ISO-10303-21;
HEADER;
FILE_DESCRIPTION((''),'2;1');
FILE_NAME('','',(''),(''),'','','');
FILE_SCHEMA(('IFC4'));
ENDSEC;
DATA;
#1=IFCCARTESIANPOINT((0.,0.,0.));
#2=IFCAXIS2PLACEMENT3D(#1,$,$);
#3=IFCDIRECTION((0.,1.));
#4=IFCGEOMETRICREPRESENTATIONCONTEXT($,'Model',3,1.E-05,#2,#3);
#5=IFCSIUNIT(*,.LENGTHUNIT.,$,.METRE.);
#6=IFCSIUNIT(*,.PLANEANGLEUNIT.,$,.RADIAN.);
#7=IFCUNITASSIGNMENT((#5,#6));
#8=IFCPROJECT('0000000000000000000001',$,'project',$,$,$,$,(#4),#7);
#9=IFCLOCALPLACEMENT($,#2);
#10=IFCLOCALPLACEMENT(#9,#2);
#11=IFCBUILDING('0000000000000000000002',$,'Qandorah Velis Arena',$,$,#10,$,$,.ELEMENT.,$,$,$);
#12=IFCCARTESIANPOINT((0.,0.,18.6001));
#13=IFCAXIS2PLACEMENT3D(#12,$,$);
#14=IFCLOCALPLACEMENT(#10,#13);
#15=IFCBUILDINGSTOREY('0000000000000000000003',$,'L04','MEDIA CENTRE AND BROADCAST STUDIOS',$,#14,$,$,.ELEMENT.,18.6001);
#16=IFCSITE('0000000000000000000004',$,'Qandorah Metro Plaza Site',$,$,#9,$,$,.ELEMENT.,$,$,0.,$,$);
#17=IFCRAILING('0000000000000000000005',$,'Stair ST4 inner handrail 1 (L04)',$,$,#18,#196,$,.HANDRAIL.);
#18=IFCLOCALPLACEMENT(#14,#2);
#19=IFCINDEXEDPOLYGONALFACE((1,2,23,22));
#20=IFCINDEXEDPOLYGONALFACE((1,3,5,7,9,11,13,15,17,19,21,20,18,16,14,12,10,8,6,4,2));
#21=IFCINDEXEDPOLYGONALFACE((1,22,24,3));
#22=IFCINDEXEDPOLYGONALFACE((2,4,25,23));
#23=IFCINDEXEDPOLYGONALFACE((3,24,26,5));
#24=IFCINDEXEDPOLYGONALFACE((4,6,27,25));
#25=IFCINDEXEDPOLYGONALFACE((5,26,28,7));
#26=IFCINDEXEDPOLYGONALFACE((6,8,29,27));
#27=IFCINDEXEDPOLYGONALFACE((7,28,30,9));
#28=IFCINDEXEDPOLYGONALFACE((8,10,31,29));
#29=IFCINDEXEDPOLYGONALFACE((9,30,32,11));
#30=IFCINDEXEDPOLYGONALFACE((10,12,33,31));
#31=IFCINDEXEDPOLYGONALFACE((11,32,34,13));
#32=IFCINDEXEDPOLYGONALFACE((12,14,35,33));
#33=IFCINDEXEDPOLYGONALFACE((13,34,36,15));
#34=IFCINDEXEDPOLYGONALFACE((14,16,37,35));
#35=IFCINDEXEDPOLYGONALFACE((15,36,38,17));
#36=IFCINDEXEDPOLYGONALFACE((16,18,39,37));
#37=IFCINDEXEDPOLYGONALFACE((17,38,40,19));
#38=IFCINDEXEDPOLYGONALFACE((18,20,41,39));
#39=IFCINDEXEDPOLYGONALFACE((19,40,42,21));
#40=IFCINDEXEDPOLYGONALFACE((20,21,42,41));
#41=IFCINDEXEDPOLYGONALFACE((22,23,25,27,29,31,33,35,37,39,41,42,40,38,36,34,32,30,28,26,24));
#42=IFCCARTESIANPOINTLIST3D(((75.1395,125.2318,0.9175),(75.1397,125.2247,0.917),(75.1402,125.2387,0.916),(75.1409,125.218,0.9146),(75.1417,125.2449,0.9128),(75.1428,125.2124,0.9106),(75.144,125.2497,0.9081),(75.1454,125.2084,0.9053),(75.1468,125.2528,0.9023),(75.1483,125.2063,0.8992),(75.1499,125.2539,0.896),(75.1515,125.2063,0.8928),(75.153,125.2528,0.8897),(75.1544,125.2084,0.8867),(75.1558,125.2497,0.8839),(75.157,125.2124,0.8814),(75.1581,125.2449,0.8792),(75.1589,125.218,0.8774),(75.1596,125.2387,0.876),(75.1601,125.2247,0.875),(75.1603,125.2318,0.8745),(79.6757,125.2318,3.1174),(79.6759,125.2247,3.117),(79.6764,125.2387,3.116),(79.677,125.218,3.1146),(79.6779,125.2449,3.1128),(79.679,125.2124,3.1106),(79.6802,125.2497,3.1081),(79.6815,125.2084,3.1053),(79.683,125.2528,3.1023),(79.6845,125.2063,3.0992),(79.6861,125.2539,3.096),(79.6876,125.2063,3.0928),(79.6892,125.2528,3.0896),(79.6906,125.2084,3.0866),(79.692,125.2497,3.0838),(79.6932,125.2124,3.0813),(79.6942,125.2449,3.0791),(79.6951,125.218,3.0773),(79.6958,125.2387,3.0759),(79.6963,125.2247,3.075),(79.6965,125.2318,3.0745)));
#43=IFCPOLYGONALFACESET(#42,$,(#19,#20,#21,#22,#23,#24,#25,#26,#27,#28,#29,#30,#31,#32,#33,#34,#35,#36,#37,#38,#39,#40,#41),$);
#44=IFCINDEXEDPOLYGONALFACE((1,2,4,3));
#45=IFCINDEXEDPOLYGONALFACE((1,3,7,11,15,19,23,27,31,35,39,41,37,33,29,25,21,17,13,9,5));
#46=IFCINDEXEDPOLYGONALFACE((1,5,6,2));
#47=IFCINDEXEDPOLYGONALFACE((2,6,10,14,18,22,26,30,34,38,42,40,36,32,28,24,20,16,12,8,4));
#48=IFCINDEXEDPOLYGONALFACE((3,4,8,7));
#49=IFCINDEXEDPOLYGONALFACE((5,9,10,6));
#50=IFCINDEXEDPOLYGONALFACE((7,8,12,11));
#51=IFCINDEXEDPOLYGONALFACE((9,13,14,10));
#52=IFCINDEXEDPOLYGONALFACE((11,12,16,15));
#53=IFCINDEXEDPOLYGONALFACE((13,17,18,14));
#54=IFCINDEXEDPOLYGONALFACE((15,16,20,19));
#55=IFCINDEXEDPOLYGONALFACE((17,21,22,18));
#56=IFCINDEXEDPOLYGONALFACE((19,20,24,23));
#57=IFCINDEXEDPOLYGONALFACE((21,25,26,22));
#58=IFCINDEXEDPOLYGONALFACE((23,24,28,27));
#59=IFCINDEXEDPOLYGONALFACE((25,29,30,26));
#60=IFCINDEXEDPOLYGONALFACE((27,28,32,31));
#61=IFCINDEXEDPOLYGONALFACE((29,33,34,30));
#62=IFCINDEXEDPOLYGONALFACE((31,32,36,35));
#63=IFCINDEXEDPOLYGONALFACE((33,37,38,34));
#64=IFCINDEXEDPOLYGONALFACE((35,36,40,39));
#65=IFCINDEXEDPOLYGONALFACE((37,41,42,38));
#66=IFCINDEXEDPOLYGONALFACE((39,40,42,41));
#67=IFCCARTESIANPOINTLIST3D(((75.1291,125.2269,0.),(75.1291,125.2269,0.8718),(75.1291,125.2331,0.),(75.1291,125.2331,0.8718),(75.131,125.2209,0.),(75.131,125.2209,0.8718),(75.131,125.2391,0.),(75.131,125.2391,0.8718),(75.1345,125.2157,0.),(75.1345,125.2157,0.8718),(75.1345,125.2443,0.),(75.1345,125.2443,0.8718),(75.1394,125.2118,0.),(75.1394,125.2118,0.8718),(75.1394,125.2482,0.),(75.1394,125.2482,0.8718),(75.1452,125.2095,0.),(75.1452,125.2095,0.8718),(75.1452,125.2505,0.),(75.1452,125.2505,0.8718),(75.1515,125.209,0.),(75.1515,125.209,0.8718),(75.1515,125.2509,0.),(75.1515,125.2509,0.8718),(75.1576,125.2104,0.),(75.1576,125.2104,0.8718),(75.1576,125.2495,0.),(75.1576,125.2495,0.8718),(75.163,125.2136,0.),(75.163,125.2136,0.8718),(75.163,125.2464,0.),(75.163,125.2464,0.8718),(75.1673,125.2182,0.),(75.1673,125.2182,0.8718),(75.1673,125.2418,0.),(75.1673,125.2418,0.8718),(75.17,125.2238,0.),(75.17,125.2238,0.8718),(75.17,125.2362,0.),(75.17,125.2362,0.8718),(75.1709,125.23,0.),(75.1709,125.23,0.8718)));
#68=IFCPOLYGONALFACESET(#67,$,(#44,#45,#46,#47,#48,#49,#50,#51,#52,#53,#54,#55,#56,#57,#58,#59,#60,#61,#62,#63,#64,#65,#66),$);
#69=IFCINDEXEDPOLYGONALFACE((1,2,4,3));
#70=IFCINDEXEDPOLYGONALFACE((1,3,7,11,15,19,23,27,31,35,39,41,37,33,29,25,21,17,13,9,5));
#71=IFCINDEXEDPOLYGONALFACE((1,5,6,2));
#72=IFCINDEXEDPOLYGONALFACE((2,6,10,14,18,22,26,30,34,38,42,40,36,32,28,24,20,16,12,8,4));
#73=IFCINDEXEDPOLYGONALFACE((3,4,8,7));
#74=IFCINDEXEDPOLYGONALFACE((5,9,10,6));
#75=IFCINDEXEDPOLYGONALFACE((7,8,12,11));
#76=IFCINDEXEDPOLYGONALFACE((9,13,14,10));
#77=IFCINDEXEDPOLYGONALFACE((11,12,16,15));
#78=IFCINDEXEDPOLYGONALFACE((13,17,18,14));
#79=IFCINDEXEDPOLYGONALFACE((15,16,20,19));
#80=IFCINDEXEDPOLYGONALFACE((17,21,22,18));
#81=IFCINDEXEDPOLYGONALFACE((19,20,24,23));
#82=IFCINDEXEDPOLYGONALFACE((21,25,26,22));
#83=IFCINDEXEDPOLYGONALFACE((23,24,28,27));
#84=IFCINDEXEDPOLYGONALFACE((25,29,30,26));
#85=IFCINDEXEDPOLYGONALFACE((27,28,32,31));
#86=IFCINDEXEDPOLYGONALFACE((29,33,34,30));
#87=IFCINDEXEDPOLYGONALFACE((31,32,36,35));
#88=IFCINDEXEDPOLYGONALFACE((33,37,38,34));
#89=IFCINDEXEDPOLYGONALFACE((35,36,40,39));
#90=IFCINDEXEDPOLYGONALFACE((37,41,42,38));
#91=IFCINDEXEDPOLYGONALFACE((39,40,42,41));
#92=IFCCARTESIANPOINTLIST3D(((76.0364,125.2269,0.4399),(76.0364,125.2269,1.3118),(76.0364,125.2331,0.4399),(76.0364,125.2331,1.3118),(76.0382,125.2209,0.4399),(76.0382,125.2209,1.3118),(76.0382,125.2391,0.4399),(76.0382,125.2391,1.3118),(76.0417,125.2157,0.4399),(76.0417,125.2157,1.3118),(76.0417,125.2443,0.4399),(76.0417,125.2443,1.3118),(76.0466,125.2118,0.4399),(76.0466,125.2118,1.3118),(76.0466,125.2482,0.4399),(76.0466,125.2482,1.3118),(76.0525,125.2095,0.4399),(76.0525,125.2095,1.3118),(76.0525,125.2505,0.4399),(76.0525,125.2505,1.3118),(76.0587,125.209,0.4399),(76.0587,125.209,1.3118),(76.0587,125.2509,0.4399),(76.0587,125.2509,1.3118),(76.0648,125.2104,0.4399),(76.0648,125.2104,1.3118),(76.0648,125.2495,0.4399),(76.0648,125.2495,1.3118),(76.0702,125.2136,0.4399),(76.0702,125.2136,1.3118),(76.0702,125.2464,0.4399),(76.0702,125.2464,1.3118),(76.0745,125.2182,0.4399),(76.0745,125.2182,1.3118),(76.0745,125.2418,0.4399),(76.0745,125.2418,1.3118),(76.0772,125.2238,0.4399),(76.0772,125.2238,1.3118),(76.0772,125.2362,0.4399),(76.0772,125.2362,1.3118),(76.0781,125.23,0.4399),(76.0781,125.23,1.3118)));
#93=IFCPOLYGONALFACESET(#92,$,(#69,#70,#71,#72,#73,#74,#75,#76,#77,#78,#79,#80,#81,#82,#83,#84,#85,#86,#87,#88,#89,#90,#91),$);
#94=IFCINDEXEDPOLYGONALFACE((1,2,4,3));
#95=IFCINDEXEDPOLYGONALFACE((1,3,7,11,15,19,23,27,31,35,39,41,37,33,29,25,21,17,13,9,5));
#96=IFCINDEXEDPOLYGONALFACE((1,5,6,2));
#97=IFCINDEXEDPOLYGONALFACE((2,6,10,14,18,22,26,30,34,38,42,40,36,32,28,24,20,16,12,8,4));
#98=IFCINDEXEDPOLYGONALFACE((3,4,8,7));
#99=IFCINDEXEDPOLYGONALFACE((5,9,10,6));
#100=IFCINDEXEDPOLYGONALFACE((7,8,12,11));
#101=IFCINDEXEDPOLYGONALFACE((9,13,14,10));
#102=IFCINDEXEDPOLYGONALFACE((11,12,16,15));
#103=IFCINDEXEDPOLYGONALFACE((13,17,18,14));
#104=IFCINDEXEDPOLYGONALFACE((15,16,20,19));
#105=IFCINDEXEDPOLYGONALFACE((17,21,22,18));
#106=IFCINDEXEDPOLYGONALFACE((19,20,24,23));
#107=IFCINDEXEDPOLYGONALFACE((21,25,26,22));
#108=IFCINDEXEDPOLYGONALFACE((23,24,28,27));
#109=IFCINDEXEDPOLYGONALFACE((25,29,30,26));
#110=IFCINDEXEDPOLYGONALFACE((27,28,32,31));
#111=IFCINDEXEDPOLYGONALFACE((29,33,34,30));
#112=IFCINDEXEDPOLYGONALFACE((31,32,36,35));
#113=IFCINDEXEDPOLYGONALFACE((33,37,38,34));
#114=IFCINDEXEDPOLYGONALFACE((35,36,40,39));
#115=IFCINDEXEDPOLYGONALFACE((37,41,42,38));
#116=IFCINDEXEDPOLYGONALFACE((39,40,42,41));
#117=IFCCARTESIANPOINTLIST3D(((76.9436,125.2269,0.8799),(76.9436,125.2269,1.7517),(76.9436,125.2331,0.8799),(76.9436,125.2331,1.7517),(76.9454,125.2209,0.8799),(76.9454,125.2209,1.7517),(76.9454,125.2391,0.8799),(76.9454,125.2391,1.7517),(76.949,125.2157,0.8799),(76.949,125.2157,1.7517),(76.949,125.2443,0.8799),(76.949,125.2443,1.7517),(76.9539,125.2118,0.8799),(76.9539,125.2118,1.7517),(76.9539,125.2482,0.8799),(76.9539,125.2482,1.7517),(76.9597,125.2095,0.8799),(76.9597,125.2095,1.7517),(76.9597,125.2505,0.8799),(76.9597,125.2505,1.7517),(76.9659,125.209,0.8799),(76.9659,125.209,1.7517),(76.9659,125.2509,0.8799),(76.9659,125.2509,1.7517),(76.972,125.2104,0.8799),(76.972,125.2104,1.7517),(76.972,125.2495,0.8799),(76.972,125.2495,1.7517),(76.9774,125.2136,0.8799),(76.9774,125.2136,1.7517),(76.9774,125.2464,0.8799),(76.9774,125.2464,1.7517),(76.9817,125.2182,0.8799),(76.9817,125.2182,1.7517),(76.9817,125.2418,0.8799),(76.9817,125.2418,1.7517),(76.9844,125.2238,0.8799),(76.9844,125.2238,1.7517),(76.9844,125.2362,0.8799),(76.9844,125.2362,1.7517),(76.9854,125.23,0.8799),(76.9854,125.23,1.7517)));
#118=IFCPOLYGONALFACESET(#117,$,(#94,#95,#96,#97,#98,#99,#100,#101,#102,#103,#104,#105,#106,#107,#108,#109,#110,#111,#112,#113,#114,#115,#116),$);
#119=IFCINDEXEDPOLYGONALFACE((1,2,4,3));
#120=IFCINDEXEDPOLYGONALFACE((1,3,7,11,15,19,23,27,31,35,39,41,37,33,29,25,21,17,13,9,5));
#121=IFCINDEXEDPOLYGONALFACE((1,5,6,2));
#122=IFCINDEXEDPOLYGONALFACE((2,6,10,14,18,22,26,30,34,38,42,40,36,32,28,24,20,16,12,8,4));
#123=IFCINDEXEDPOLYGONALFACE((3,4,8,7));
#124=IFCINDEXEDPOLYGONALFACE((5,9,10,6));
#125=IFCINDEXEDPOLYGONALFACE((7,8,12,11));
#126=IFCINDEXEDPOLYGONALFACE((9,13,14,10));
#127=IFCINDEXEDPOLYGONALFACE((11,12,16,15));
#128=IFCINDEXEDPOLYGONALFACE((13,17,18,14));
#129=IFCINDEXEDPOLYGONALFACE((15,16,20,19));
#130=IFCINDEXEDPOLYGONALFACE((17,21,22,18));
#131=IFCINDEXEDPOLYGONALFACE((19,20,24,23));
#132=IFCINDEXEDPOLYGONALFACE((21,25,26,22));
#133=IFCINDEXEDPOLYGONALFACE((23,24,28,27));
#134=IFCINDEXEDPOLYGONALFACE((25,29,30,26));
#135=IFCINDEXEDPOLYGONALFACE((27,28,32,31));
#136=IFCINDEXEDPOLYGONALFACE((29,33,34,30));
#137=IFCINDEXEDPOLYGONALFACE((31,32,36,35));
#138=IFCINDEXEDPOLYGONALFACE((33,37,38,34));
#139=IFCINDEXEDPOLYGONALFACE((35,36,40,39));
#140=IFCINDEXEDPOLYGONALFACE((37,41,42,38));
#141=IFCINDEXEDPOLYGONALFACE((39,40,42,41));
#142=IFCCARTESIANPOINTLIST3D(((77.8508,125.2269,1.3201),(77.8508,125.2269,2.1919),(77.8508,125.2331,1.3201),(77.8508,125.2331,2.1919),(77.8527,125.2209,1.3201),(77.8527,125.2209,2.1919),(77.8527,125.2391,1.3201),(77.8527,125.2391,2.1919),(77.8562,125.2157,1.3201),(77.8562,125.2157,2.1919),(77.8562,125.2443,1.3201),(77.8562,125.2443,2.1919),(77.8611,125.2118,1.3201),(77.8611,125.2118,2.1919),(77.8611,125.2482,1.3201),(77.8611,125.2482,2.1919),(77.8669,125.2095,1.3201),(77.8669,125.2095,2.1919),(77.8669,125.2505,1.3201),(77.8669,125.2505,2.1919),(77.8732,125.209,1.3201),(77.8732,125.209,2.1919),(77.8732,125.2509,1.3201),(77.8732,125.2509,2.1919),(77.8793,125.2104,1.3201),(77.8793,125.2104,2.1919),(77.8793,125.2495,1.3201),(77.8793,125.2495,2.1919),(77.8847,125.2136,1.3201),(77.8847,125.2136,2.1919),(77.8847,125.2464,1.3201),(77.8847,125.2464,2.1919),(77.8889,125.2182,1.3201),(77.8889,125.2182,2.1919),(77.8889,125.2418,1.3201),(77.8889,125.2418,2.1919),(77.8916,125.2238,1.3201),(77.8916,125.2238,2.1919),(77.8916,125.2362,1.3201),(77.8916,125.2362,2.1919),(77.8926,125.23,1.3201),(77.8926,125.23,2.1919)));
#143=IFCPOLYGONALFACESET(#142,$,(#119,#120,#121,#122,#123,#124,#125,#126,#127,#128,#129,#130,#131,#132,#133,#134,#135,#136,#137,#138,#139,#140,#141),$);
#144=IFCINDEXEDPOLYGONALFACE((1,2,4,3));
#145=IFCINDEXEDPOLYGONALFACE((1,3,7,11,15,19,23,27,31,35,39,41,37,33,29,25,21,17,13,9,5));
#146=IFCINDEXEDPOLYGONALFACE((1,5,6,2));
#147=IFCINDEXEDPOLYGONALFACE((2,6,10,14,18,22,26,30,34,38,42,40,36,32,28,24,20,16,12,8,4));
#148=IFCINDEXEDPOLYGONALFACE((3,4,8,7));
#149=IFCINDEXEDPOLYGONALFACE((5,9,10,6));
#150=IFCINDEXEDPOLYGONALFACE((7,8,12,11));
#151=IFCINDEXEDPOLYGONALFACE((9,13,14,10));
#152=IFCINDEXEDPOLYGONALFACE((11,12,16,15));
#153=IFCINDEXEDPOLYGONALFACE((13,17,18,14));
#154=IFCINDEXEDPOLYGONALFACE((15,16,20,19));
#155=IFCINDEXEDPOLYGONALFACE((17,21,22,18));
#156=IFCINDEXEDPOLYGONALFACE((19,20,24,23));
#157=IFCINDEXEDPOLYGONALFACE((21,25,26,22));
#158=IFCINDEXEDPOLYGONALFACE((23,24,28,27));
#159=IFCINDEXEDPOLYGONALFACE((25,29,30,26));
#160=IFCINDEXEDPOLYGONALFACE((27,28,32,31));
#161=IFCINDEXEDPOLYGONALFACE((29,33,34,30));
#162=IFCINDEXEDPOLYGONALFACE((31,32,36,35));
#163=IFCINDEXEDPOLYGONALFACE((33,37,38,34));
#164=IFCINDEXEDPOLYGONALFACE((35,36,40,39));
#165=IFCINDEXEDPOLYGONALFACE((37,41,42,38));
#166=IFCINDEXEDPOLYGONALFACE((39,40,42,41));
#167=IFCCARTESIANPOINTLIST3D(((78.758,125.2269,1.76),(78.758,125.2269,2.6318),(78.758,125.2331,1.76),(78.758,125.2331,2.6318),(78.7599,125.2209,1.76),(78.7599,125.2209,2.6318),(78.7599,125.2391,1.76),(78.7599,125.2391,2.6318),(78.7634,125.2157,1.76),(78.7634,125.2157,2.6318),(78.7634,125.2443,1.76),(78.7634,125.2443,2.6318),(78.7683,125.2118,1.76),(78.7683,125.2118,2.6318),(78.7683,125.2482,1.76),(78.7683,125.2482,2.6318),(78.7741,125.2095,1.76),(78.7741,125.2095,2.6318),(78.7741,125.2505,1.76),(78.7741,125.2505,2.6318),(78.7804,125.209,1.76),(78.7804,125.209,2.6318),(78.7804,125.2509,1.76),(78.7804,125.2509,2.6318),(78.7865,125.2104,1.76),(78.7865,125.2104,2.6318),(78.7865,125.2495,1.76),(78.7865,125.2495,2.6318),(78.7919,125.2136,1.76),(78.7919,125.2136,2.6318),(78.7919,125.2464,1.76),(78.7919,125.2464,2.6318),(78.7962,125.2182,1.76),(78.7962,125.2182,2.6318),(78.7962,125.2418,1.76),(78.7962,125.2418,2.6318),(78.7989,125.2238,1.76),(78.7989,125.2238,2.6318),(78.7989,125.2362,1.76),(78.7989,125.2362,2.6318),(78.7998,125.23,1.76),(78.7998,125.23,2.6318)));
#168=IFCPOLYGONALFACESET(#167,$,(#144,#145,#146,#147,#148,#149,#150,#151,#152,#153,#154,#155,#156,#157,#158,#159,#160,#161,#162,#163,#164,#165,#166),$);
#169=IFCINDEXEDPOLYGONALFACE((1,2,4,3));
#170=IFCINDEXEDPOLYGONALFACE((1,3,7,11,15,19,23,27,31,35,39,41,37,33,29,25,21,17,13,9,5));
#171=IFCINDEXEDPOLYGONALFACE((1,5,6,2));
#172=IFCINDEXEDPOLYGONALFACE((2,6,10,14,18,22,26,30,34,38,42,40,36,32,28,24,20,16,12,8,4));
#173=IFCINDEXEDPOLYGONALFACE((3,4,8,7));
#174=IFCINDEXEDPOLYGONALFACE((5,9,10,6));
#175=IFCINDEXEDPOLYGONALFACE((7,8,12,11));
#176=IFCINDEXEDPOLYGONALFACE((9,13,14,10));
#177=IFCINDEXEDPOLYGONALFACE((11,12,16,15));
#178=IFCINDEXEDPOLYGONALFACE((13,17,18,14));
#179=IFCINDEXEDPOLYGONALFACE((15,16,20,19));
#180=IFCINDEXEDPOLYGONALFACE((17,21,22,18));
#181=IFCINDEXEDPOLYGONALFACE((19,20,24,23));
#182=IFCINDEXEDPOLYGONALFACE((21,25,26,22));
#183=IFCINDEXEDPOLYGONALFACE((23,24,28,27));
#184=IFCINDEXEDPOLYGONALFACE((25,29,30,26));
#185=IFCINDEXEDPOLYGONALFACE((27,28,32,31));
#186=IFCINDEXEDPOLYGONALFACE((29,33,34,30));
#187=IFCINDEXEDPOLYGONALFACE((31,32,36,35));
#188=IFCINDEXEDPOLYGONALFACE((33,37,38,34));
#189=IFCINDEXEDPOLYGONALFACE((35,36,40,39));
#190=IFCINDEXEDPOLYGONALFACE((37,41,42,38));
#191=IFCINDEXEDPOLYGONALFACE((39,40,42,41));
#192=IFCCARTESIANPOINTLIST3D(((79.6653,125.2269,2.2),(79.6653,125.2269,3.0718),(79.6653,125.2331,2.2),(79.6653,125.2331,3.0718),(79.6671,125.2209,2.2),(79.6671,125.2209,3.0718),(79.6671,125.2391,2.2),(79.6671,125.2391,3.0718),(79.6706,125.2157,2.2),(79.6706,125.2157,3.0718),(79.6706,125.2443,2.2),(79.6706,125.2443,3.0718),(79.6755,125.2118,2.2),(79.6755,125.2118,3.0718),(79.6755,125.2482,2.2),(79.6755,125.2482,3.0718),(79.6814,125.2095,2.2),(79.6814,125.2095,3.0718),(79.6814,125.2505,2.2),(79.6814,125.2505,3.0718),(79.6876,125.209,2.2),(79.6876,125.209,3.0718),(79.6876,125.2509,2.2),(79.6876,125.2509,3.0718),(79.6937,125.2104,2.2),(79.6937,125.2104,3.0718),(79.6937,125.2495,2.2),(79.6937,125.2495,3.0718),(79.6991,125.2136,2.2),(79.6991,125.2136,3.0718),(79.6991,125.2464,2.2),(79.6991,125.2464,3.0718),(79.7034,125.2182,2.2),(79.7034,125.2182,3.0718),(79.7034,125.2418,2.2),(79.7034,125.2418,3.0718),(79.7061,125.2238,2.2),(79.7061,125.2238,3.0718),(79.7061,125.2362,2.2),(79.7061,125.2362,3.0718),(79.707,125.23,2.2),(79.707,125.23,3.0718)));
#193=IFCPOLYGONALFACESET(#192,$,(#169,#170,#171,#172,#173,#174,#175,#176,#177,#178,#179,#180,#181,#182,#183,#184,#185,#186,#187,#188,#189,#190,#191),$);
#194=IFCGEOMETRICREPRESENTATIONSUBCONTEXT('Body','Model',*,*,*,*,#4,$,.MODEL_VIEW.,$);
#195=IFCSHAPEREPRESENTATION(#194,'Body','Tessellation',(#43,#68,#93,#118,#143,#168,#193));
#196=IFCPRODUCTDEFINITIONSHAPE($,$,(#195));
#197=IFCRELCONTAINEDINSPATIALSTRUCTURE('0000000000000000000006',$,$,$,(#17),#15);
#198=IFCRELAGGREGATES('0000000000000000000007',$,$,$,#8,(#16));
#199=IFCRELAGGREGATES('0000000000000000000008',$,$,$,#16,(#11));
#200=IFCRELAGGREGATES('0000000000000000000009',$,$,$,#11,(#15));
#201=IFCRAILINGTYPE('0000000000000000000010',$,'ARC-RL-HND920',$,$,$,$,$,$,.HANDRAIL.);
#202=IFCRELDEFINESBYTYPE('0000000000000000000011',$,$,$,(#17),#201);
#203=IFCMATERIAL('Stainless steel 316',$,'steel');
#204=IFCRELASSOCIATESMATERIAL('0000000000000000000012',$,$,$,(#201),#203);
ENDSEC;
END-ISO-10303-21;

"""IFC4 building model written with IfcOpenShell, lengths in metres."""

from ifc_helpers import new_model, si_unit, direction, frame, origin, origin_2d, place, context, subcontext, project, spatial, circle, extrude, material, type_object, element, save


model = new_model("IFC4")

# Units and contexts
model_context = context("Model", 3, precision=1e-05, world=origin(), true_north=direction((0.0, 1.0)))
body_context = subcontext(model_context, "Body", "Model", "MODEL_VIEW")
ifc_project = project(units=[si_unit("LENGTHUNIT", "METRE"), si_unit("PLANEANGLEUNIT", "RADIAN")], contexts=[model_context])

# Site, building, storey
site_placement = place(None, origin())
site = spatial("IfcSite", under=ifc_project, at=site_placement, Name="Qandorah Metro Plaza Site", CompositionType="ELEMENT", RefElevation=0.0)
building_placement = place(site_placement, origin())
building = spatial("IfcBuilding", under=site, at=building_placement, Name="Qandorah Velis Arena", CompositionType="ELEMENT")
storey_placement = place(building_placement, frame((0.0, 0.0, 18.6001)))
storey = spatial("IfcBuildingStorey", under=building, at=storey_placement, Name="L04", Description="MEDIA CENTRE AND BROADCAST STUDIOS", CompositionType="ELEMENT", Elevation=18.6001)

# Railing
ifc_material_1 = material(Name="Stainless steel 316", Category="steel")
railing_type_1 = type_object("IfcRailingType", Name="ARC-RL-HND920", PredefinedType="HANDRAIL", material=ifc_material_1)
railing_1_placement = place(storey_placement, frame((75.1499, 125.23, 0.0)))
element("IfcRailing", 1, at=railing_1_placement, inside=storey, type_object=railing_type_1, Name="Stair ST4 inner handrail 1 (L04)", PredefinedType="HANDRAIL", context=body_context, shape_type="SweptSolid", body=[
    extrude(circle(Radius=0.0239, at=origin_2d()), frame((0.0, 0.0, 0.896), z_axis=(0.899766, 0.0, 0.436372), x_axis=(0.0, 1.0, 0.0)), (0.0, 0.0, 1.0), 5.0415),
    extrude(circle(Radius=0.021, at=origin_2d()), origin(), (0.0, 0.0, 1.0), 0.8718),
    extrude(circle(Radius=0.021, at=origin_2d()), frame((0.9072, 0.0, 0.4399)), (0.0, 0.0, 1.0), 0.8718),
    extrude(circle(Radius=0.021, at=origin_2d()), frame((1.8145, 0.0, 0.8799)), (0.0, 0.0, 1.0), 0.8718),
    extrude(circle(Radius=0.021, at=origin_2d()), frame((2.7217, 0.0, 1.3201)), (0.0, 0.0, 1.0), 0.8718),
    extrude(circle(Radius=0.021, at=origin_2d()), frame((3.6289, 0.0, 1.76)), (0.0, 0.0, 1.0), 0.8718),
    extrude(circle(Radius=0.021, at=origin_2d()), frame((4.5361, 0.0, 2.2)), (0.0, 0.0, 1.0), 0.8718),
])

save(model, "model.ifc")
